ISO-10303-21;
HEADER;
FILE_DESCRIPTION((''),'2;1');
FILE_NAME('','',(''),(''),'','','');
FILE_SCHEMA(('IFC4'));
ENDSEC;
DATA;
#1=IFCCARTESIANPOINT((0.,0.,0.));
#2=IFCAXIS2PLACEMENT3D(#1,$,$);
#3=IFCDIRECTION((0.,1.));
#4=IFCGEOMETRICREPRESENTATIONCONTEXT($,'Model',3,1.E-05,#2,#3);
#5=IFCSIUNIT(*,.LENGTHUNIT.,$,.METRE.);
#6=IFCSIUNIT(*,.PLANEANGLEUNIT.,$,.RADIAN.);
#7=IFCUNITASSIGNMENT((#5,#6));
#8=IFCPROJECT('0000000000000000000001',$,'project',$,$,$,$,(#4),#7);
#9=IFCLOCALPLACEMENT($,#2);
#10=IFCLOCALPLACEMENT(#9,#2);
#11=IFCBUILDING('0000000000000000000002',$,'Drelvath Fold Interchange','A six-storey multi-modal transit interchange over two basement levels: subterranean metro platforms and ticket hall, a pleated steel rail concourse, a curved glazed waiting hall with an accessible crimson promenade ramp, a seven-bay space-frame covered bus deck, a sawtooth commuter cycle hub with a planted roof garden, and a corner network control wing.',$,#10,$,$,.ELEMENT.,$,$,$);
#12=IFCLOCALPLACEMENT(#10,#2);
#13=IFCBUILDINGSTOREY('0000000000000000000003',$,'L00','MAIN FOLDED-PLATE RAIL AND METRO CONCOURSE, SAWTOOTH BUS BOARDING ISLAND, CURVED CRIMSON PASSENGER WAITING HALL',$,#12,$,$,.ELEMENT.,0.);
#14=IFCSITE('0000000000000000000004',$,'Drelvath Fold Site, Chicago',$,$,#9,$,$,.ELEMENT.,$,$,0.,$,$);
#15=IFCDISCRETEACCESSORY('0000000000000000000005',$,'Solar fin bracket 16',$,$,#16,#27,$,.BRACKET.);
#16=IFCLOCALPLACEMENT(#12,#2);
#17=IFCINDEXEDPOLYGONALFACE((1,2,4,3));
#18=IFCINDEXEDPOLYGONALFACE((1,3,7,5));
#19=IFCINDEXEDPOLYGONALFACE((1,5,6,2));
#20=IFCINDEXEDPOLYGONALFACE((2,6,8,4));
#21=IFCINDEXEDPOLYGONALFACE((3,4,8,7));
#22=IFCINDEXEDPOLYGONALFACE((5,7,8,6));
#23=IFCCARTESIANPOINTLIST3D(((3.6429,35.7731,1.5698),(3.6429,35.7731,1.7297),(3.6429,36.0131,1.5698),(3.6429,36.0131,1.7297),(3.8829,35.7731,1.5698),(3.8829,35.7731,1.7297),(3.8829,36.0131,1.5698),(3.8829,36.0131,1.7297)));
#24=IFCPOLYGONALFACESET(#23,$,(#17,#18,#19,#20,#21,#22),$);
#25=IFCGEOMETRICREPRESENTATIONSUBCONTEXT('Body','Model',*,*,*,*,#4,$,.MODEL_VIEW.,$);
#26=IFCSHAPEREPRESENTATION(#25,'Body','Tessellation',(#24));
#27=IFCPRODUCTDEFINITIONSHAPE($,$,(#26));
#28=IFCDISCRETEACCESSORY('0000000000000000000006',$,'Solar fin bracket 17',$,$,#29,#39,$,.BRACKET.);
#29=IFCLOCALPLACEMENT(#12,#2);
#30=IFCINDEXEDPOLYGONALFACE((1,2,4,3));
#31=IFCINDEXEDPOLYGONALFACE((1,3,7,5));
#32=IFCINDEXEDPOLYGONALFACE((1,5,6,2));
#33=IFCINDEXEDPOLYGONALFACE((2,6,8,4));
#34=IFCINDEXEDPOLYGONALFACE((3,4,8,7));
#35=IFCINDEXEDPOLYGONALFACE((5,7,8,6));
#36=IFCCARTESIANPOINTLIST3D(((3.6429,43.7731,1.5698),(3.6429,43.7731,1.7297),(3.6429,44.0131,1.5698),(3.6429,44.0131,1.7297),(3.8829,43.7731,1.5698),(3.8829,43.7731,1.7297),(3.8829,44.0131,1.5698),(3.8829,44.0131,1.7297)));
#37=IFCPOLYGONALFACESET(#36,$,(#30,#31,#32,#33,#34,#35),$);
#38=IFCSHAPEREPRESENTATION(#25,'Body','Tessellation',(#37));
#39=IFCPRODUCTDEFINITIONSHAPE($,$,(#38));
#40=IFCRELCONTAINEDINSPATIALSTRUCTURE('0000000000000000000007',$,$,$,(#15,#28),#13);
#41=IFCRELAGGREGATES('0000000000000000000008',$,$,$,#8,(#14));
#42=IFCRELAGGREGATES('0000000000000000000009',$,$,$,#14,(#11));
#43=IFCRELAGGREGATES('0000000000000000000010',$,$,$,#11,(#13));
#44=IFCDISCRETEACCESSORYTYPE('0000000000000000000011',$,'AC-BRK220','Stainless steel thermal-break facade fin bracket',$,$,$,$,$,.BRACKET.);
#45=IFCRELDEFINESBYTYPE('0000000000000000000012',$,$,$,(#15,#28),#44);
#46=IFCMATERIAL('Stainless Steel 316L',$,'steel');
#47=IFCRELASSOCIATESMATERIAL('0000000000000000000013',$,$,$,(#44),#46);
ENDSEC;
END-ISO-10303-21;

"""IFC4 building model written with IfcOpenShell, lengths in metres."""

from ifc_helpers import new_model, si_unit, direction, frame, origin, origin_2d, place, context, subcontext, project, spatial, rectangle, extrude, material, type_object, element, save


model = new_model("IFC4")

# Units and contexts
model_context = context("Model", 3, precision=1e-05, world=origin(), true_north=direction((0.0, 1.0)))
body_context = subcontext(model_context, "Body", "Model", "MODEL_VIEW")
ifc_project = project(units=[si_unit("LENGTHUNIT", "METRE"), si_unit("PLANEANGLEUNIT", "RADIAN")], contexts=[model_context])

# Site, building, storey
site_placement = place(None, origin())
site = spatial("IfcSite", under=ifc_project, at=site_placement, Name="Drelvath Fold Site, Chicago", CompositionType="ELEMENT", RefElevation=0.0)
building_placement = place(site_placement, origin())
building = spatial("IfcBuilding", under=site, at=building_placement, Name="Drelvath Fold Interchange", Description="A six-storey multi-modal transit interchange over two basement levels: subterranean metro platforms and ticket hall, a pleated steel rail concourse, a curved glazed waiting hall with an accessible crimson promenade ramp, a seven-bay space-frame covered bus deck, a sawtooth commuter cycle hub with a planted roof garden, and a corner network control wing.", CompositionType="ELEMENT")
storey_placement = place(building_placement, origin())
storey = spatial("IfcBuildingStorey", under=building, at=storey_placement, Name="L00", Description="MAIN FOLDED-PLATE RAIL AND METRO CONCOURSE, SAWTOOTH BUS BOARDING ISLAND, CURVED CRIMSON PASSENGER WAITING HALL", CompositionType="ELEMENT", Elevation=0.0)

# Shared definitions
ifc_material_1 = material(Name="Stainless Steel 316L", Category="steel")

# Discrete accessories
discrete_accessory_type = type_object("IfcDiscreteAccessoryType", Name="AC-BRK220", Description="Stainless steel thermal-break facade fin bracket", PredefinedType="BRACKET", material=ifc_material_1)
for number, where, z_axis, x_axis, name in (
    (1, (3.7629, 35.8931, 1.5698), (0.0, 0.0, 1.0), (1.0, 0.0, 0.0), "Solar fin bracket 16"),
    (2, (3.7629, 43.8931, 1.5698), (0.0, 0.0, 1.0), (1.0, 0.0, 0.0), "Solar fin bracket 17"),
):
    element("IfcDiscreteAccessory", number, at=place(storey_placement, frame(where, z_axis=z_axis, x_axis=x_axis)), inside=storey, type_object=discrete_accessory_type, Name=name, PredefinedType="BRACKET", context=body_context, shape_type="SweptSolid", body=[
        extrude(rectangle(XDim=0.24, YDim=0.24, at=origin_2d()), origin(), (0.0, 0.0, 1.0), 0.1599),
    ])

save(model, "model.ifc")
